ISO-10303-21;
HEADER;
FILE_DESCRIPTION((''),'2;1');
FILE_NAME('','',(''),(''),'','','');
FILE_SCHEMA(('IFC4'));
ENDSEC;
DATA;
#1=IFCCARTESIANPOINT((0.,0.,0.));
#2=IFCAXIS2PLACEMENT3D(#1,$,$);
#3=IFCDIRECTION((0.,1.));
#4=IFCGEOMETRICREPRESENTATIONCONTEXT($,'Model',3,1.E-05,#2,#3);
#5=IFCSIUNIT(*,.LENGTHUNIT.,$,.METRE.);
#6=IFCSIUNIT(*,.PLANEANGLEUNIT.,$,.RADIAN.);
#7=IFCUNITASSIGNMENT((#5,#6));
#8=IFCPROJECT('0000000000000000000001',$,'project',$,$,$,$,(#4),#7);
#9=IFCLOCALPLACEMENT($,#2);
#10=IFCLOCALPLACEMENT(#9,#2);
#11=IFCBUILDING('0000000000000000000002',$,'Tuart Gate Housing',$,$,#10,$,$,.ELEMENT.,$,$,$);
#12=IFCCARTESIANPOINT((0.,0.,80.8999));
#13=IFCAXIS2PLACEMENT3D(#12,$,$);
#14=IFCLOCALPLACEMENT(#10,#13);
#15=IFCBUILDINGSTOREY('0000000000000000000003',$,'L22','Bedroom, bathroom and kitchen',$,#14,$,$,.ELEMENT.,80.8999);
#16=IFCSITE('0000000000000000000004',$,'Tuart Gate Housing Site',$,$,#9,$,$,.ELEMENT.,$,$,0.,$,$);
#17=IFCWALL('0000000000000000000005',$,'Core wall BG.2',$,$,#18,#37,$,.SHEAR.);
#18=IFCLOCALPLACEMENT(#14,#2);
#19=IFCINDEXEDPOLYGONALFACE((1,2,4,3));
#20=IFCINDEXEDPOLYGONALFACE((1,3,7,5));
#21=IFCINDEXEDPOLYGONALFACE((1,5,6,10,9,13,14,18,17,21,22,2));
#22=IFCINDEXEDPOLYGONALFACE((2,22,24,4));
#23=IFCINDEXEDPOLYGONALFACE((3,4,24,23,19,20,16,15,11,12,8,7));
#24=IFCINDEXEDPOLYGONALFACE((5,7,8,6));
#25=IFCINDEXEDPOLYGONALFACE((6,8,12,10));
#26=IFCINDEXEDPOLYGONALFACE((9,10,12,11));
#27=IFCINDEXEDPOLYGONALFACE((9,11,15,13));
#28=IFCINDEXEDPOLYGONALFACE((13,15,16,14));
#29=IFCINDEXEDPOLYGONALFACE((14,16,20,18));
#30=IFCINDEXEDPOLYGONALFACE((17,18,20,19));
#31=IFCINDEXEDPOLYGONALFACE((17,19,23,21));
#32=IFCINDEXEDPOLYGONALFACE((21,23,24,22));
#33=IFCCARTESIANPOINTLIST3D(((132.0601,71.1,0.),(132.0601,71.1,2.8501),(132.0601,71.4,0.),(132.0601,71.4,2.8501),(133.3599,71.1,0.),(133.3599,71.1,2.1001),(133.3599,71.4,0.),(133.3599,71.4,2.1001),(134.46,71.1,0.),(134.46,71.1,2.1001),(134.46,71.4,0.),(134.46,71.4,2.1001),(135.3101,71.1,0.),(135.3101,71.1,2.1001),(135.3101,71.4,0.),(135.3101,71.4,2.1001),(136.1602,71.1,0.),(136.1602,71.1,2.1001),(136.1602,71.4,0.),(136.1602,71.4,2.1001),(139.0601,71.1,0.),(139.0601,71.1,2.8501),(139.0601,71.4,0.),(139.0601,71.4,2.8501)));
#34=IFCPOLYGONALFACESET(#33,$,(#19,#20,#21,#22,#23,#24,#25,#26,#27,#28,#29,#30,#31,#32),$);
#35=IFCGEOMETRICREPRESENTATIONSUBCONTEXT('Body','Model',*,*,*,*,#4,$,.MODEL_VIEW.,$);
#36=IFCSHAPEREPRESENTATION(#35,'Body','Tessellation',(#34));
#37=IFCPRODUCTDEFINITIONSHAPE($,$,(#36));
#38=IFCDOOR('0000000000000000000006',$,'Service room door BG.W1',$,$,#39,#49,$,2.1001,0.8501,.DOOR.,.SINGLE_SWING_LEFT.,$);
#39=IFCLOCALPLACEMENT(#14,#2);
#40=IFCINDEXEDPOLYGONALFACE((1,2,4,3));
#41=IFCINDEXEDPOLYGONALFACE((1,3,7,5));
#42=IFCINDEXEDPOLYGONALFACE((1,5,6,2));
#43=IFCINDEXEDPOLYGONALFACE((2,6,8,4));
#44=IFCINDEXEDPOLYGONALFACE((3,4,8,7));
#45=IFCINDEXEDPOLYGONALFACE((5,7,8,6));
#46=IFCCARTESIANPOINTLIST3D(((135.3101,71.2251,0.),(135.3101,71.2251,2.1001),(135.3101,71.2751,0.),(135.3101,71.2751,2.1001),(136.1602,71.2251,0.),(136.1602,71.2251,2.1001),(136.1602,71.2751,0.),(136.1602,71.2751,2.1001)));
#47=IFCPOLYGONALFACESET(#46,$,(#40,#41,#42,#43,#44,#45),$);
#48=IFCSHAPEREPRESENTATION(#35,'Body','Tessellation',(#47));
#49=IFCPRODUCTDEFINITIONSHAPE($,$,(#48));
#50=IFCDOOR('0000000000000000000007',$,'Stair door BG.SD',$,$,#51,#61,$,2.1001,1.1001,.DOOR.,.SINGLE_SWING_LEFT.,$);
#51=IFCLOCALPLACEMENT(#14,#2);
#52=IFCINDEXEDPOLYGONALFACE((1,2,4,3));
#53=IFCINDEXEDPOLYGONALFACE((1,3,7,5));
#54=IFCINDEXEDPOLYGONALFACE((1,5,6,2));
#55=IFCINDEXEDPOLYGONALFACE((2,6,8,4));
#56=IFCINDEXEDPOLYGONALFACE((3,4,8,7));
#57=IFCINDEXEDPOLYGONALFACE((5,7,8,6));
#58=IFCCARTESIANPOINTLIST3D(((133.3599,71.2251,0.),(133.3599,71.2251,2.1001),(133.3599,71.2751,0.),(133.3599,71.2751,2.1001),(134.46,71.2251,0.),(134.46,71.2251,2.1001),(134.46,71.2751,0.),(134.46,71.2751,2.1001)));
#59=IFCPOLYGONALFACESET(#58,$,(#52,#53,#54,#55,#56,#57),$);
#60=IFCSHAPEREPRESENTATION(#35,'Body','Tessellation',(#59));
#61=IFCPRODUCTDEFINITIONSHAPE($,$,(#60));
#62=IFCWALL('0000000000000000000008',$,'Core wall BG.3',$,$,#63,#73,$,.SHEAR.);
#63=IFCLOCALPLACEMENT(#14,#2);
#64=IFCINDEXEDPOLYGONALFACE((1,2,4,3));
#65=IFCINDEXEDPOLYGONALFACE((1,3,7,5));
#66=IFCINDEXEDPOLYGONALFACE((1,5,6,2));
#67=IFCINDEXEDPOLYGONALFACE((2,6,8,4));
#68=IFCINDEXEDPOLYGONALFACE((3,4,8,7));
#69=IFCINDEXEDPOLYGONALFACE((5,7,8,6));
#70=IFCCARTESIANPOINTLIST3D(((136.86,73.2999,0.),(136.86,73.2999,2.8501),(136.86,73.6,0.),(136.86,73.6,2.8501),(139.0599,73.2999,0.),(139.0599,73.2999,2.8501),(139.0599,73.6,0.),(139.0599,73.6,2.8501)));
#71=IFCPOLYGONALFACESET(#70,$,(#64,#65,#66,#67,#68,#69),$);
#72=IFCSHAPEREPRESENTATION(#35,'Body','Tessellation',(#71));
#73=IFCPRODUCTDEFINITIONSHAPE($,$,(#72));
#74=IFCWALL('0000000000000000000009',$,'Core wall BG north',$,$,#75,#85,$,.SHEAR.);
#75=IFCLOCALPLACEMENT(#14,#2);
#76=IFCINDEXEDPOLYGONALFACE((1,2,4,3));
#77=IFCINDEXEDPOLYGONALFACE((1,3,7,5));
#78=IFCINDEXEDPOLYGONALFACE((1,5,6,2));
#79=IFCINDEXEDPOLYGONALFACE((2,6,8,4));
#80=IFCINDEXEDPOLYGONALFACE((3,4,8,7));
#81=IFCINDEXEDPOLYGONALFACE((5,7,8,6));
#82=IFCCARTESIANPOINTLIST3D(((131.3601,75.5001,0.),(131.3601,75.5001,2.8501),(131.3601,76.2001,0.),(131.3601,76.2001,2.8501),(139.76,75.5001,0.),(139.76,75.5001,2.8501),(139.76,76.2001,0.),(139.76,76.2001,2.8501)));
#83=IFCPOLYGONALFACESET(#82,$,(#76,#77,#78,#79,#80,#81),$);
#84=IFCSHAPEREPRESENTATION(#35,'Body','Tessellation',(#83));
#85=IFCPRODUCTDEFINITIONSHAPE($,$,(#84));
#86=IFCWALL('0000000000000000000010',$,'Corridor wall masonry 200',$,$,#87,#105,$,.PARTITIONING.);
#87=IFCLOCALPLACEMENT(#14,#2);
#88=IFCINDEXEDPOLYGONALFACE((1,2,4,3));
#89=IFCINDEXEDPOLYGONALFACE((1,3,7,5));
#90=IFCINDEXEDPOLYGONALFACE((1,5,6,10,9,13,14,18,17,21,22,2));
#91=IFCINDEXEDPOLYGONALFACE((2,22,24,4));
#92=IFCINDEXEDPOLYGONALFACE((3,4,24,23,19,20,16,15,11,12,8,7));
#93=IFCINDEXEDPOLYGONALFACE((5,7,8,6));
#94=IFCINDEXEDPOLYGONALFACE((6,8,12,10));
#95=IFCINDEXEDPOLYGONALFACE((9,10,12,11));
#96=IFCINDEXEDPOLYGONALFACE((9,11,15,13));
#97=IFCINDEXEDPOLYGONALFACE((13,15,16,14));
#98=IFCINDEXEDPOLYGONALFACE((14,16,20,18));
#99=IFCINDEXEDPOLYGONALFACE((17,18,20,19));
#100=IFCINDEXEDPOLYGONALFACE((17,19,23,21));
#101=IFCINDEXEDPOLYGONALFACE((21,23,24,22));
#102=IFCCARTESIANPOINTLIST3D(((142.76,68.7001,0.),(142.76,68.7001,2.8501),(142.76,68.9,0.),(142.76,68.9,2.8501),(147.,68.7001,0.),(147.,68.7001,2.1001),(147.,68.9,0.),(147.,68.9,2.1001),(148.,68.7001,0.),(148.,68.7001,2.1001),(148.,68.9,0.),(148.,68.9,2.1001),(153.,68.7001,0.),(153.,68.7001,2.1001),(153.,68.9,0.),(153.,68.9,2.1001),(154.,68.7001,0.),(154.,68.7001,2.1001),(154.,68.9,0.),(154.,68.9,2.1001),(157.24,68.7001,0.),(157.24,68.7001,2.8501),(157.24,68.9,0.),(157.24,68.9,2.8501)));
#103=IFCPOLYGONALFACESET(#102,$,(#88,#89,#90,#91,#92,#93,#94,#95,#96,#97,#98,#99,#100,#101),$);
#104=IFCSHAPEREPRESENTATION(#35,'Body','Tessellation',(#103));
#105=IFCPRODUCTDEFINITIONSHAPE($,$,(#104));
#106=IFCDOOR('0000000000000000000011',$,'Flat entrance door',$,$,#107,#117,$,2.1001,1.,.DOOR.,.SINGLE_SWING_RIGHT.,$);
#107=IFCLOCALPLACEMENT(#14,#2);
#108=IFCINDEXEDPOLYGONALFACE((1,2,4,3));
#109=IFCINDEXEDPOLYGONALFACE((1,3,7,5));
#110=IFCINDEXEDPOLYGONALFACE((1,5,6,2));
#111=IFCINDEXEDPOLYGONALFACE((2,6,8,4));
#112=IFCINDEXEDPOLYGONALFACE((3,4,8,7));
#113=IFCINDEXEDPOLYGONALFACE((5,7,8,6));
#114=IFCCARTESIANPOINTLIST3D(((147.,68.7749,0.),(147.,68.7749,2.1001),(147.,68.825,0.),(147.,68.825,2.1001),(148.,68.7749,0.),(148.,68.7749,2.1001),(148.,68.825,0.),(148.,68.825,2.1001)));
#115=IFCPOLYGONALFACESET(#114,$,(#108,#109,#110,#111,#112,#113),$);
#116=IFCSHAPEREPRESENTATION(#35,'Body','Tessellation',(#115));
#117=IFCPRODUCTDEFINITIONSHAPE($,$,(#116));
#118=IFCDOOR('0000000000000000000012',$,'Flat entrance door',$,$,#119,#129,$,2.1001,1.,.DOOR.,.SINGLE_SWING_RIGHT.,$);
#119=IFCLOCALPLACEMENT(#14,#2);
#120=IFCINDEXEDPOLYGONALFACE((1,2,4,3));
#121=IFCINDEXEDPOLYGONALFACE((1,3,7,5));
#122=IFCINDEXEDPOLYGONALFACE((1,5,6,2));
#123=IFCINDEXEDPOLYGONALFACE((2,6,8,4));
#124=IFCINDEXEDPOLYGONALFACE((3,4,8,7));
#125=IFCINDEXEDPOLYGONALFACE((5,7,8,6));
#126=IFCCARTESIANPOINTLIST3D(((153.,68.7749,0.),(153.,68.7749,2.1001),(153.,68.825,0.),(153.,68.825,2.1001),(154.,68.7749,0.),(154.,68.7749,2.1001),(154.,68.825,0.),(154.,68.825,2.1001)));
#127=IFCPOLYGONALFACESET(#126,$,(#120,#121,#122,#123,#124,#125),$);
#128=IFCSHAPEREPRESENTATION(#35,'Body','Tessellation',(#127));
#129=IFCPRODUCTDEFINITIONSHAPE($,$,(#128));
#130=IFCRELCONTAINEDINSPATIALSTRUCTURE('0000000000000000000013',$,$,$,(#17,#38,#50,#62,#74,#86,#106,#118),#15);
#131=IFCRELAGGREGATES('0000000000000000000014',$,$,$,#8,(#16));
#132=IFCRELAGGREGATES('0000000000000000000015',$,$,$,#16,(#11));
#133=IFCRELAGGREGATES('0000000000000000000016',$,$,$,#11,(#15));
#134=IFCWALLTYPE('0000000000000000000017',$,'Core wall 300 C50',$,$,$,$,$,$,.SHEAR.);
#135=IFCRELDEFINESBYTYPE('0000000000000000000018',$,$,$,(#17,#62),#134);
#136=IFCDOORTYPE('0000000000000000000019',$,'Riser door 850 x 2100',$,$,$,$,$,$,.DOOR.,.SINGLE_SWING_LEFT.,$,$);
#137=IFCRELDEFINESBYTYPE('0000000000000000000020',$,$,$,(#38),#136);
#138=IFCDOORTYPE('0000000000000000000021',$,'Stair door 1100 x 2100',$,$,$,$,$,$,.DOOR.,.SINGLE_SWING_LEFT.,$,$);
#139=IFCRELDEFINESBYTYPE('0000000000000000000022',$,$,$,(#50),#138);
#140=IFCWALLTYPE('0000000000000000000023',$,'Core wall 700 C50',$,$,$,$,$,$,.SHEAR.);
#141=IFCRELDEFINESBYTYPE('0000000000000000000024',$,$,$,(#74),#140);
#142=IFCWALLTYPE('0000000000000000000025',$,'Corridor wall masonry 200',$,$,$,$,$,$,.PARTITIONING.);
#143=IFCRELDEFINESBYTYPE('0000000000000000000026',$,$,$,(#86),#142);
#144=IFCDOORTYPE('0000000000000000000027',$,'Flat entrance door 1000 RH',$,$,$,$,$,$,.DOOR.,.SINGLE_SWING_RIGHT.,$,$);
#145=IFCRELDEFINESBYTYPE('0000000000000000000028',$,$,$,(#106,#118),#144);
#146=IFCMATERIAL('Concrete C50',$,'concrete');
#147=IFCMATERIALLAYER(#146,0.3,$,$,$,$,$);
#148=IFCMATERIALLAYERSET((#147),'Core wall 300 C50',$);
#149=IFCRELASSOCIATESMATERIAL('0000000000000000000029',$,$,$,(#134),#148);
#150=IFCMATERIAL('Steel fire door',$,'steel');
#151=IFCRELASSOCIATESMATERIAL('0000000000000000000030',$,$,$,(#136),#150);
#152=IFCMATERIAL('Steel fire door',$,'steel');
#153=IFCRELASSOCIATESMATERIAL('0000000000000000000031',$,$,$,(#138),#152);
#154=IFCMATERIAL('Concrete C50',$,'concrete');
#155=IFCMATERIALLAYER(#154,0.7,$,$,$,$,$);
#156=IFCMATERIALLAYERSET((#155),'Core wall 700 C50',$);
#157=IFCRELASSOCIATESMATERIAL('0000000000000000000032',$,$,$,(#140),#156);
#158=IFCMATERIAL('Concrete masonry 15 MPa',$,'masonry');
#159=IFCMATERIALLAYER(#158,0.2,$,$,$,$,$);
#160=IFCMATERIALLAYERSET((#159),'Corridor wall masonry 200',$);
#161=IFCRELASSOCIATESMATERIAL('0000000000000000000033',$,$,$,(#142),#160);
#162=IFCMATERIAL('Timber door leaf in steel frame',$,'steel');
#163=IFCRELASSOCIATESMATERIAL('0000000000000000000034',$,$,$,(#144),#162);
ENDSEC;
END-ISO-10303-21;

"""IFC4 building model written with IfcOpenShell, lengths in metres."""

from ifc_helpers import new_model, si_unit, direction, frame, frame_2d, origin, place, context, subcontext, project, spatial, rectangle, extrude, material, layer, layer_set, type_object, element, fill, save


model = new_model("IFC4")

# Units and contexts
model_context = context("Model", 3, precision=1e-05, world=origin(), true_north=direction((0.0, 1.0)))
body_context = subcontext(model_context, "Body", "Model", "MODEL_VIEW")
ifc_project = project(units=[si_unit("LENGTHUNIT", "METRE"), si_unit("PLANEANGLEUNIT", "RADIAN")], contexts=[model_context])

# Site, building, storey
site_placement = place(None, origin())
site = spatial("IfcSite", under=ifc_project, at=site_placement, Name="Tuart Gate Housing Site", CompositionType="ELEMENT", RefElevation=0.0)
building_placement = place(site_placement, origin())
building = spatial("IfcBuilding", under=site, at=building_placement, Name="Tuart Gate Housing", CompositionType="ELEMENT")
storey_placement = place(building_placement, frame((0.0, 0.0, 80.8999)))
storey = spatial("IfcBuildingStorey", under=building, at=storey_placement, Name="L22", Description="Bedroom, bathroom and kitchen", CompositionType="ELEMENT", Elevation=80.8999)

# Wall, openings, doors
ifc_material_1 = material(Name="Concrete C50", Category="concrete")
ifc_layer_1 = layer(ifc_material_1, 0.3)
ifc_layer_set_1 = layer_set([ifc_layer_1], Name="Core wall 300 C50")
wall_type_1 = type_object("IfcWallType", Name="Core wall 300 C50", PredefinedType="SHEAR", material=ifc_layer_set_1)
wall_1_placement = place(storey_placement, frame((139.0601, 71.25, 0.0), z_axis=(0.0, 0.0, 1.0), x_axis=(-1.0, 0.0, 0.0)))
wall_1 = element("IfcWall", 1, at=wall_1_placement, inside=storey, type_object=wall_type_1, Name="Core wall BG.2", PredefinedType="SHEAR", context=body_context, shape_type="SweptSolid", body=[
    extrude(rectangle(XDim=7.0, YDim=0.3, at=frame_2d((3.5, 0.0))), origin(), (0.0, 0.0, 1.0), 2.8501),
])
opening_1_placement = place(wall_1_placement, frame((4.6001, 0.0, 0.0)))
opening_1 = element("IfcOpeningElement", 2, at=opening_1_placement, cuts=wall_1, PredefinedType="OPENING", context=body_context, shape_type="SweptSolid", body=[
    extrude(rectangle(XDim=1.1001, YDim=2.1001, at=frame_2d((0.55, 1.05))), frame((0.0, 0.1599, 0.0), z_axis=(0.0, -1.0, 0.0), x_axis=(1.0, 0.0, 0.0)), (0.0, 0.0, 1.0), 0.3201),
])
opening_2_placement = place(wall_1_placement, frame((2.8999, 0.0, 0.0)))
opening_2 = element("IfcOpeningElement", 3, at=opening_2_placement, cuts=wall_1, PredefinedType="OPENING", context=body_context, shape_type="SweptSolid", body=[
    extrude(rectangle(XDim=0.8501, YDim=2.1001, at=frame_2d((0.425, 1.05))), frame((0.0, 0.1599, 0.0), z_axis=(0.0, -1.0, 0.0), x_axis=(1.0, 0.0, 0.0)), (0.0, 0.0, 1.0), 0.3201),
])
ifc_material_2 = material(Name="Steel fire door", Category="steel")
door_type_1 = type_object("IfcDoorType", Name="Riser door 850 x 2100", OperationType="SINGLE_SWING_LEFT", PredefinedType="DOOR", material=ifc_material_2)
door_1_placement = place(opening_2_placement, origin())
door_1 = element("IfcDoor", 4, at=door_1_placement, inside=storey, type_object=door_type_1, Name="Service room door BG.W1", OperationType="SINGLE_SWING_LEFT", OverallHeight=2.1001, OverallWidth=0.8501, PredefinedType="DOOR", context=body_context, shape_type="SweptSolid", body=[
    extrude(rectangle(XDim=0.8501, YDim=2.1001, at=frame_2d((0.425, 1.05))), frame((0.0, 0.0249, 0.0), z_axis=(0.0, -1.0, 0.0), x_axis=(1.0, 0.0, 0.0)), (0.0, 0.0, 1.0), 0.05),
])
fill(opening_2, door_1)
ifc_material_3 = material(Name="Steel fire door", Category="steel")
door_type_2 = type_object("IfcDoorType", Name="Stair door 1100 x 2100", OperationType="SINGLE_SWING_LEFT", PredefinedType="DOOR", material=ifc_material_3)
door_2_placement = place(opening_1_placement, origin())
door_2 = element("IfcDoor", 5, at=door_2_placement, inside=storey, type_object=door_type_2, Name="Stair door BG.SD", OperationType="SINGLE_SWING_LEFT", OverallHeight=2.1001, OverallWidth=1.1001, PredefinedType="DOOR", context=body_context, shape_type="SweptSolid", body=[
    extrude(rectangle(XDim=1.1001, YDim=2.1001, at=frame_2d((0.55, 1.05))), frame((0.0, 0.0249, 0.0), z_axis=(0.0, -1.0, 0.0), x_axis=(1.0, 0.0, 0.0)), (0.0, 0.0, 1.0), 0.05),
])
fill(opening_1, door_2)

# Walls
wall_2_placement = place(storey_placement, frame((139.0601, 73.45, 0.0), z_axis=(0.0, 0.0, 1.0), x_axis=(-1.0, 0.0, 0.0)))
element("IfcWall", 6, at=wall_2_placement, inside=storey, type_object=wall_type_1, Name="Core wall BG.3", PredefinedType="SHEAR", context=body_context, shape_type="SweptSolid", body=[
    extrude(rectangle(XDim=2.2, YDim=0.3, at=frame_2d((1.1001, 0.0))), origin(), (0.0, 0.0, 1.0), 2.8501),
])
ifc_material_4 = material(Name="Concrete C50", Category="concrete")
ifc_layer_2 = layer(ifc_material_4, 0.7)
ifc_layer_set_2 = layer_set([ifc_layer_2], Name="Core wall 700 C50")
wall_type_2 = type_object("IfcWallType", Name="Core wall 700 C50", PredefinedType="SHEAR", material=ifc_layer_set_2)
wall_3_placement = place(storey_placement, frame((139.76, 75.8501, 0.0), z_axis=(0.0, 0.0, 1.0), x_axis=(-1.0, 0.0, 0.0)))
element("IfcWall", 7, at=wall_3_placement, inside=storey, type_object=wall_type_2, Name="Core wall BG north", PredefinedType="SHEAR", context=body_context, shape_type="SweptSolid", body=[
    extrude(rectangle(XDim=8.3999, YDim=0.7, at=frame_2d((4.2, 0.0))), origin(), (0.0, 0.0, 1.0), 2.8501),
])

# Wall, openings, doors
ifc_material_5 = material(Name="Concrete masonry 15 MPa", Category="masonry")
ifc_layer_3 = layer(ifc_material_5, 0.2)
ifc_layer_set_3 = layer_set([ifc_layer_3], Name="Corridor wall masonry 200")
wall_type_3 = type_object("IfcWallType", Name="Corridor wall masonry 200", PredefinedType="PARTITIONING", material=ifc_layer_set_3)
wall_4_placement = place(storey_placement, frame((142.76, 68.8, 0.0), z_axis=(0.0, 0.0, 1.0), x_axis=(1.0, 0.0, 0.0)))
wall_4 = element("IfcWall", 8, at=wall_4_placement, inside=storey, type_object=wall_type_3, Name="Corridor wall masonry 200", PredefinedType="PARTITIONING", context=body_context, shape_type="SweptSolid", body=[
    extrude(rectangle(XDim=14.48, YDim=0.2, at=frame_2d((7.24, 0.0))), origin(), (0.0, 0.0, 1.0), 2.8501),
])
opening_3_placement = place(wall_4_placement, frame((4.24, 0.0, 0.0)))
opening_3 = element("IfcOpeningElement", 9, at=opening_3_placement, cuts=wall_4, PredefinedType="OPENING", context=body_context, shape_type="SweptSolid", body=[
    extrude(rectangle(XDim=1.0, YDim=2.1001, at=frame_2d((0.5, 1.05))), frame((0.0, 0.1099, 0.0), z_axis=(0.0, -1.0, 0.0), x_axis=(1.0, 0.0, 0.0)), (0.0, 0.0, 1.0), 0.22),
])
opening_4_placement = place(wall_4_placement, frame((10.24, 0.0, 0.0)))
opening_4 = element("IfcOpeningElement", 10, at=opening_4_placement, cuts=wall_4, PredefinedType="OPENING", context=body_context, shape_type="SweptSolid", body=[
    extrude(rectangle(XDim=1.0, YDim=2.1001, at=frame_2d((0.5, 1.05))), frame((0.0, 0.1099, 0.0), z_axis=(0.0, -1.0, 0.0), x_axis=(1.0, 0.0, 0.0)), (0.0, 0.0, 1.0), 0.22),
])
ifc_material_6 = material(Name="Timber door leaf in steel frame", Category="steel")
door_type_3 = type_object("IfcDoorType", Name="Flat entrance door 1000 RH", OperationType="SINGLE_SWING_RIGHT", PredefinedType="DOOR", material=ifc_material_6)
door_3_placement = place(opening_3_placement, frame((1.0, 0.0, 0.0), z_axis=(0.0, 0.0, 1.0), x_axis=(-1.0, 0.0, 0.0)))
door_3 = element("IfcDoor", 11, at=door_3_placement, inside=storey, type_object=door_type_3, Name="Flat entrance door", OperationType="SINGLE_SWING_RIGHT", OverallHeight=2.1001, OverallWidth=1.0, PredefinedType="DOOR", context=body_context, shape_type="SweptSolid", body=[
    extrude(rectangle(XDim=1.0, YDim=2.1001, at=frame_2d((0.5, 1.05))), frame((0.0, 0.0251, 0.0), z_axis=(0.0, -1.0, 0.0), x_axis=(1.0, 0.0, 0.0)), (0.0, 0.0, 1.0), 0.05),
])
fill(opening_3, door_3)
door_4_placement = place(opening_4_placement, frame((1.0, 0.0, 0.0), z_axis=(0.0, 0.0, 1.0), x_axis=(-1.0, 0.0, 0.0)))
door_4 = element("IfcDoor", 12, at=door_4_placement, inside=storey, type_object=door_type_3, Name="Flat entrance door", OperationType="SINGLE_SWING_RIGHT", OverallHeight=2.1001, OverallWidth=1.0, PredefinedType="DOOR", context=body_context, shape_type="SweptSolid", body=[
    extrude(rectangle(XDim=1.0, YDim=2.1001, at=frame_2d((0.5, 1.05))), frame((0.0, 0.0251, 0.0), z_axis=(0.0, -1.0, 0.0), x_axis=(1.0, 0.0, 0.0)), (0.0, 0.0, 1.0), 0.05),
])
fill(opening_4, door_4)

save(model, "model.ifc")
